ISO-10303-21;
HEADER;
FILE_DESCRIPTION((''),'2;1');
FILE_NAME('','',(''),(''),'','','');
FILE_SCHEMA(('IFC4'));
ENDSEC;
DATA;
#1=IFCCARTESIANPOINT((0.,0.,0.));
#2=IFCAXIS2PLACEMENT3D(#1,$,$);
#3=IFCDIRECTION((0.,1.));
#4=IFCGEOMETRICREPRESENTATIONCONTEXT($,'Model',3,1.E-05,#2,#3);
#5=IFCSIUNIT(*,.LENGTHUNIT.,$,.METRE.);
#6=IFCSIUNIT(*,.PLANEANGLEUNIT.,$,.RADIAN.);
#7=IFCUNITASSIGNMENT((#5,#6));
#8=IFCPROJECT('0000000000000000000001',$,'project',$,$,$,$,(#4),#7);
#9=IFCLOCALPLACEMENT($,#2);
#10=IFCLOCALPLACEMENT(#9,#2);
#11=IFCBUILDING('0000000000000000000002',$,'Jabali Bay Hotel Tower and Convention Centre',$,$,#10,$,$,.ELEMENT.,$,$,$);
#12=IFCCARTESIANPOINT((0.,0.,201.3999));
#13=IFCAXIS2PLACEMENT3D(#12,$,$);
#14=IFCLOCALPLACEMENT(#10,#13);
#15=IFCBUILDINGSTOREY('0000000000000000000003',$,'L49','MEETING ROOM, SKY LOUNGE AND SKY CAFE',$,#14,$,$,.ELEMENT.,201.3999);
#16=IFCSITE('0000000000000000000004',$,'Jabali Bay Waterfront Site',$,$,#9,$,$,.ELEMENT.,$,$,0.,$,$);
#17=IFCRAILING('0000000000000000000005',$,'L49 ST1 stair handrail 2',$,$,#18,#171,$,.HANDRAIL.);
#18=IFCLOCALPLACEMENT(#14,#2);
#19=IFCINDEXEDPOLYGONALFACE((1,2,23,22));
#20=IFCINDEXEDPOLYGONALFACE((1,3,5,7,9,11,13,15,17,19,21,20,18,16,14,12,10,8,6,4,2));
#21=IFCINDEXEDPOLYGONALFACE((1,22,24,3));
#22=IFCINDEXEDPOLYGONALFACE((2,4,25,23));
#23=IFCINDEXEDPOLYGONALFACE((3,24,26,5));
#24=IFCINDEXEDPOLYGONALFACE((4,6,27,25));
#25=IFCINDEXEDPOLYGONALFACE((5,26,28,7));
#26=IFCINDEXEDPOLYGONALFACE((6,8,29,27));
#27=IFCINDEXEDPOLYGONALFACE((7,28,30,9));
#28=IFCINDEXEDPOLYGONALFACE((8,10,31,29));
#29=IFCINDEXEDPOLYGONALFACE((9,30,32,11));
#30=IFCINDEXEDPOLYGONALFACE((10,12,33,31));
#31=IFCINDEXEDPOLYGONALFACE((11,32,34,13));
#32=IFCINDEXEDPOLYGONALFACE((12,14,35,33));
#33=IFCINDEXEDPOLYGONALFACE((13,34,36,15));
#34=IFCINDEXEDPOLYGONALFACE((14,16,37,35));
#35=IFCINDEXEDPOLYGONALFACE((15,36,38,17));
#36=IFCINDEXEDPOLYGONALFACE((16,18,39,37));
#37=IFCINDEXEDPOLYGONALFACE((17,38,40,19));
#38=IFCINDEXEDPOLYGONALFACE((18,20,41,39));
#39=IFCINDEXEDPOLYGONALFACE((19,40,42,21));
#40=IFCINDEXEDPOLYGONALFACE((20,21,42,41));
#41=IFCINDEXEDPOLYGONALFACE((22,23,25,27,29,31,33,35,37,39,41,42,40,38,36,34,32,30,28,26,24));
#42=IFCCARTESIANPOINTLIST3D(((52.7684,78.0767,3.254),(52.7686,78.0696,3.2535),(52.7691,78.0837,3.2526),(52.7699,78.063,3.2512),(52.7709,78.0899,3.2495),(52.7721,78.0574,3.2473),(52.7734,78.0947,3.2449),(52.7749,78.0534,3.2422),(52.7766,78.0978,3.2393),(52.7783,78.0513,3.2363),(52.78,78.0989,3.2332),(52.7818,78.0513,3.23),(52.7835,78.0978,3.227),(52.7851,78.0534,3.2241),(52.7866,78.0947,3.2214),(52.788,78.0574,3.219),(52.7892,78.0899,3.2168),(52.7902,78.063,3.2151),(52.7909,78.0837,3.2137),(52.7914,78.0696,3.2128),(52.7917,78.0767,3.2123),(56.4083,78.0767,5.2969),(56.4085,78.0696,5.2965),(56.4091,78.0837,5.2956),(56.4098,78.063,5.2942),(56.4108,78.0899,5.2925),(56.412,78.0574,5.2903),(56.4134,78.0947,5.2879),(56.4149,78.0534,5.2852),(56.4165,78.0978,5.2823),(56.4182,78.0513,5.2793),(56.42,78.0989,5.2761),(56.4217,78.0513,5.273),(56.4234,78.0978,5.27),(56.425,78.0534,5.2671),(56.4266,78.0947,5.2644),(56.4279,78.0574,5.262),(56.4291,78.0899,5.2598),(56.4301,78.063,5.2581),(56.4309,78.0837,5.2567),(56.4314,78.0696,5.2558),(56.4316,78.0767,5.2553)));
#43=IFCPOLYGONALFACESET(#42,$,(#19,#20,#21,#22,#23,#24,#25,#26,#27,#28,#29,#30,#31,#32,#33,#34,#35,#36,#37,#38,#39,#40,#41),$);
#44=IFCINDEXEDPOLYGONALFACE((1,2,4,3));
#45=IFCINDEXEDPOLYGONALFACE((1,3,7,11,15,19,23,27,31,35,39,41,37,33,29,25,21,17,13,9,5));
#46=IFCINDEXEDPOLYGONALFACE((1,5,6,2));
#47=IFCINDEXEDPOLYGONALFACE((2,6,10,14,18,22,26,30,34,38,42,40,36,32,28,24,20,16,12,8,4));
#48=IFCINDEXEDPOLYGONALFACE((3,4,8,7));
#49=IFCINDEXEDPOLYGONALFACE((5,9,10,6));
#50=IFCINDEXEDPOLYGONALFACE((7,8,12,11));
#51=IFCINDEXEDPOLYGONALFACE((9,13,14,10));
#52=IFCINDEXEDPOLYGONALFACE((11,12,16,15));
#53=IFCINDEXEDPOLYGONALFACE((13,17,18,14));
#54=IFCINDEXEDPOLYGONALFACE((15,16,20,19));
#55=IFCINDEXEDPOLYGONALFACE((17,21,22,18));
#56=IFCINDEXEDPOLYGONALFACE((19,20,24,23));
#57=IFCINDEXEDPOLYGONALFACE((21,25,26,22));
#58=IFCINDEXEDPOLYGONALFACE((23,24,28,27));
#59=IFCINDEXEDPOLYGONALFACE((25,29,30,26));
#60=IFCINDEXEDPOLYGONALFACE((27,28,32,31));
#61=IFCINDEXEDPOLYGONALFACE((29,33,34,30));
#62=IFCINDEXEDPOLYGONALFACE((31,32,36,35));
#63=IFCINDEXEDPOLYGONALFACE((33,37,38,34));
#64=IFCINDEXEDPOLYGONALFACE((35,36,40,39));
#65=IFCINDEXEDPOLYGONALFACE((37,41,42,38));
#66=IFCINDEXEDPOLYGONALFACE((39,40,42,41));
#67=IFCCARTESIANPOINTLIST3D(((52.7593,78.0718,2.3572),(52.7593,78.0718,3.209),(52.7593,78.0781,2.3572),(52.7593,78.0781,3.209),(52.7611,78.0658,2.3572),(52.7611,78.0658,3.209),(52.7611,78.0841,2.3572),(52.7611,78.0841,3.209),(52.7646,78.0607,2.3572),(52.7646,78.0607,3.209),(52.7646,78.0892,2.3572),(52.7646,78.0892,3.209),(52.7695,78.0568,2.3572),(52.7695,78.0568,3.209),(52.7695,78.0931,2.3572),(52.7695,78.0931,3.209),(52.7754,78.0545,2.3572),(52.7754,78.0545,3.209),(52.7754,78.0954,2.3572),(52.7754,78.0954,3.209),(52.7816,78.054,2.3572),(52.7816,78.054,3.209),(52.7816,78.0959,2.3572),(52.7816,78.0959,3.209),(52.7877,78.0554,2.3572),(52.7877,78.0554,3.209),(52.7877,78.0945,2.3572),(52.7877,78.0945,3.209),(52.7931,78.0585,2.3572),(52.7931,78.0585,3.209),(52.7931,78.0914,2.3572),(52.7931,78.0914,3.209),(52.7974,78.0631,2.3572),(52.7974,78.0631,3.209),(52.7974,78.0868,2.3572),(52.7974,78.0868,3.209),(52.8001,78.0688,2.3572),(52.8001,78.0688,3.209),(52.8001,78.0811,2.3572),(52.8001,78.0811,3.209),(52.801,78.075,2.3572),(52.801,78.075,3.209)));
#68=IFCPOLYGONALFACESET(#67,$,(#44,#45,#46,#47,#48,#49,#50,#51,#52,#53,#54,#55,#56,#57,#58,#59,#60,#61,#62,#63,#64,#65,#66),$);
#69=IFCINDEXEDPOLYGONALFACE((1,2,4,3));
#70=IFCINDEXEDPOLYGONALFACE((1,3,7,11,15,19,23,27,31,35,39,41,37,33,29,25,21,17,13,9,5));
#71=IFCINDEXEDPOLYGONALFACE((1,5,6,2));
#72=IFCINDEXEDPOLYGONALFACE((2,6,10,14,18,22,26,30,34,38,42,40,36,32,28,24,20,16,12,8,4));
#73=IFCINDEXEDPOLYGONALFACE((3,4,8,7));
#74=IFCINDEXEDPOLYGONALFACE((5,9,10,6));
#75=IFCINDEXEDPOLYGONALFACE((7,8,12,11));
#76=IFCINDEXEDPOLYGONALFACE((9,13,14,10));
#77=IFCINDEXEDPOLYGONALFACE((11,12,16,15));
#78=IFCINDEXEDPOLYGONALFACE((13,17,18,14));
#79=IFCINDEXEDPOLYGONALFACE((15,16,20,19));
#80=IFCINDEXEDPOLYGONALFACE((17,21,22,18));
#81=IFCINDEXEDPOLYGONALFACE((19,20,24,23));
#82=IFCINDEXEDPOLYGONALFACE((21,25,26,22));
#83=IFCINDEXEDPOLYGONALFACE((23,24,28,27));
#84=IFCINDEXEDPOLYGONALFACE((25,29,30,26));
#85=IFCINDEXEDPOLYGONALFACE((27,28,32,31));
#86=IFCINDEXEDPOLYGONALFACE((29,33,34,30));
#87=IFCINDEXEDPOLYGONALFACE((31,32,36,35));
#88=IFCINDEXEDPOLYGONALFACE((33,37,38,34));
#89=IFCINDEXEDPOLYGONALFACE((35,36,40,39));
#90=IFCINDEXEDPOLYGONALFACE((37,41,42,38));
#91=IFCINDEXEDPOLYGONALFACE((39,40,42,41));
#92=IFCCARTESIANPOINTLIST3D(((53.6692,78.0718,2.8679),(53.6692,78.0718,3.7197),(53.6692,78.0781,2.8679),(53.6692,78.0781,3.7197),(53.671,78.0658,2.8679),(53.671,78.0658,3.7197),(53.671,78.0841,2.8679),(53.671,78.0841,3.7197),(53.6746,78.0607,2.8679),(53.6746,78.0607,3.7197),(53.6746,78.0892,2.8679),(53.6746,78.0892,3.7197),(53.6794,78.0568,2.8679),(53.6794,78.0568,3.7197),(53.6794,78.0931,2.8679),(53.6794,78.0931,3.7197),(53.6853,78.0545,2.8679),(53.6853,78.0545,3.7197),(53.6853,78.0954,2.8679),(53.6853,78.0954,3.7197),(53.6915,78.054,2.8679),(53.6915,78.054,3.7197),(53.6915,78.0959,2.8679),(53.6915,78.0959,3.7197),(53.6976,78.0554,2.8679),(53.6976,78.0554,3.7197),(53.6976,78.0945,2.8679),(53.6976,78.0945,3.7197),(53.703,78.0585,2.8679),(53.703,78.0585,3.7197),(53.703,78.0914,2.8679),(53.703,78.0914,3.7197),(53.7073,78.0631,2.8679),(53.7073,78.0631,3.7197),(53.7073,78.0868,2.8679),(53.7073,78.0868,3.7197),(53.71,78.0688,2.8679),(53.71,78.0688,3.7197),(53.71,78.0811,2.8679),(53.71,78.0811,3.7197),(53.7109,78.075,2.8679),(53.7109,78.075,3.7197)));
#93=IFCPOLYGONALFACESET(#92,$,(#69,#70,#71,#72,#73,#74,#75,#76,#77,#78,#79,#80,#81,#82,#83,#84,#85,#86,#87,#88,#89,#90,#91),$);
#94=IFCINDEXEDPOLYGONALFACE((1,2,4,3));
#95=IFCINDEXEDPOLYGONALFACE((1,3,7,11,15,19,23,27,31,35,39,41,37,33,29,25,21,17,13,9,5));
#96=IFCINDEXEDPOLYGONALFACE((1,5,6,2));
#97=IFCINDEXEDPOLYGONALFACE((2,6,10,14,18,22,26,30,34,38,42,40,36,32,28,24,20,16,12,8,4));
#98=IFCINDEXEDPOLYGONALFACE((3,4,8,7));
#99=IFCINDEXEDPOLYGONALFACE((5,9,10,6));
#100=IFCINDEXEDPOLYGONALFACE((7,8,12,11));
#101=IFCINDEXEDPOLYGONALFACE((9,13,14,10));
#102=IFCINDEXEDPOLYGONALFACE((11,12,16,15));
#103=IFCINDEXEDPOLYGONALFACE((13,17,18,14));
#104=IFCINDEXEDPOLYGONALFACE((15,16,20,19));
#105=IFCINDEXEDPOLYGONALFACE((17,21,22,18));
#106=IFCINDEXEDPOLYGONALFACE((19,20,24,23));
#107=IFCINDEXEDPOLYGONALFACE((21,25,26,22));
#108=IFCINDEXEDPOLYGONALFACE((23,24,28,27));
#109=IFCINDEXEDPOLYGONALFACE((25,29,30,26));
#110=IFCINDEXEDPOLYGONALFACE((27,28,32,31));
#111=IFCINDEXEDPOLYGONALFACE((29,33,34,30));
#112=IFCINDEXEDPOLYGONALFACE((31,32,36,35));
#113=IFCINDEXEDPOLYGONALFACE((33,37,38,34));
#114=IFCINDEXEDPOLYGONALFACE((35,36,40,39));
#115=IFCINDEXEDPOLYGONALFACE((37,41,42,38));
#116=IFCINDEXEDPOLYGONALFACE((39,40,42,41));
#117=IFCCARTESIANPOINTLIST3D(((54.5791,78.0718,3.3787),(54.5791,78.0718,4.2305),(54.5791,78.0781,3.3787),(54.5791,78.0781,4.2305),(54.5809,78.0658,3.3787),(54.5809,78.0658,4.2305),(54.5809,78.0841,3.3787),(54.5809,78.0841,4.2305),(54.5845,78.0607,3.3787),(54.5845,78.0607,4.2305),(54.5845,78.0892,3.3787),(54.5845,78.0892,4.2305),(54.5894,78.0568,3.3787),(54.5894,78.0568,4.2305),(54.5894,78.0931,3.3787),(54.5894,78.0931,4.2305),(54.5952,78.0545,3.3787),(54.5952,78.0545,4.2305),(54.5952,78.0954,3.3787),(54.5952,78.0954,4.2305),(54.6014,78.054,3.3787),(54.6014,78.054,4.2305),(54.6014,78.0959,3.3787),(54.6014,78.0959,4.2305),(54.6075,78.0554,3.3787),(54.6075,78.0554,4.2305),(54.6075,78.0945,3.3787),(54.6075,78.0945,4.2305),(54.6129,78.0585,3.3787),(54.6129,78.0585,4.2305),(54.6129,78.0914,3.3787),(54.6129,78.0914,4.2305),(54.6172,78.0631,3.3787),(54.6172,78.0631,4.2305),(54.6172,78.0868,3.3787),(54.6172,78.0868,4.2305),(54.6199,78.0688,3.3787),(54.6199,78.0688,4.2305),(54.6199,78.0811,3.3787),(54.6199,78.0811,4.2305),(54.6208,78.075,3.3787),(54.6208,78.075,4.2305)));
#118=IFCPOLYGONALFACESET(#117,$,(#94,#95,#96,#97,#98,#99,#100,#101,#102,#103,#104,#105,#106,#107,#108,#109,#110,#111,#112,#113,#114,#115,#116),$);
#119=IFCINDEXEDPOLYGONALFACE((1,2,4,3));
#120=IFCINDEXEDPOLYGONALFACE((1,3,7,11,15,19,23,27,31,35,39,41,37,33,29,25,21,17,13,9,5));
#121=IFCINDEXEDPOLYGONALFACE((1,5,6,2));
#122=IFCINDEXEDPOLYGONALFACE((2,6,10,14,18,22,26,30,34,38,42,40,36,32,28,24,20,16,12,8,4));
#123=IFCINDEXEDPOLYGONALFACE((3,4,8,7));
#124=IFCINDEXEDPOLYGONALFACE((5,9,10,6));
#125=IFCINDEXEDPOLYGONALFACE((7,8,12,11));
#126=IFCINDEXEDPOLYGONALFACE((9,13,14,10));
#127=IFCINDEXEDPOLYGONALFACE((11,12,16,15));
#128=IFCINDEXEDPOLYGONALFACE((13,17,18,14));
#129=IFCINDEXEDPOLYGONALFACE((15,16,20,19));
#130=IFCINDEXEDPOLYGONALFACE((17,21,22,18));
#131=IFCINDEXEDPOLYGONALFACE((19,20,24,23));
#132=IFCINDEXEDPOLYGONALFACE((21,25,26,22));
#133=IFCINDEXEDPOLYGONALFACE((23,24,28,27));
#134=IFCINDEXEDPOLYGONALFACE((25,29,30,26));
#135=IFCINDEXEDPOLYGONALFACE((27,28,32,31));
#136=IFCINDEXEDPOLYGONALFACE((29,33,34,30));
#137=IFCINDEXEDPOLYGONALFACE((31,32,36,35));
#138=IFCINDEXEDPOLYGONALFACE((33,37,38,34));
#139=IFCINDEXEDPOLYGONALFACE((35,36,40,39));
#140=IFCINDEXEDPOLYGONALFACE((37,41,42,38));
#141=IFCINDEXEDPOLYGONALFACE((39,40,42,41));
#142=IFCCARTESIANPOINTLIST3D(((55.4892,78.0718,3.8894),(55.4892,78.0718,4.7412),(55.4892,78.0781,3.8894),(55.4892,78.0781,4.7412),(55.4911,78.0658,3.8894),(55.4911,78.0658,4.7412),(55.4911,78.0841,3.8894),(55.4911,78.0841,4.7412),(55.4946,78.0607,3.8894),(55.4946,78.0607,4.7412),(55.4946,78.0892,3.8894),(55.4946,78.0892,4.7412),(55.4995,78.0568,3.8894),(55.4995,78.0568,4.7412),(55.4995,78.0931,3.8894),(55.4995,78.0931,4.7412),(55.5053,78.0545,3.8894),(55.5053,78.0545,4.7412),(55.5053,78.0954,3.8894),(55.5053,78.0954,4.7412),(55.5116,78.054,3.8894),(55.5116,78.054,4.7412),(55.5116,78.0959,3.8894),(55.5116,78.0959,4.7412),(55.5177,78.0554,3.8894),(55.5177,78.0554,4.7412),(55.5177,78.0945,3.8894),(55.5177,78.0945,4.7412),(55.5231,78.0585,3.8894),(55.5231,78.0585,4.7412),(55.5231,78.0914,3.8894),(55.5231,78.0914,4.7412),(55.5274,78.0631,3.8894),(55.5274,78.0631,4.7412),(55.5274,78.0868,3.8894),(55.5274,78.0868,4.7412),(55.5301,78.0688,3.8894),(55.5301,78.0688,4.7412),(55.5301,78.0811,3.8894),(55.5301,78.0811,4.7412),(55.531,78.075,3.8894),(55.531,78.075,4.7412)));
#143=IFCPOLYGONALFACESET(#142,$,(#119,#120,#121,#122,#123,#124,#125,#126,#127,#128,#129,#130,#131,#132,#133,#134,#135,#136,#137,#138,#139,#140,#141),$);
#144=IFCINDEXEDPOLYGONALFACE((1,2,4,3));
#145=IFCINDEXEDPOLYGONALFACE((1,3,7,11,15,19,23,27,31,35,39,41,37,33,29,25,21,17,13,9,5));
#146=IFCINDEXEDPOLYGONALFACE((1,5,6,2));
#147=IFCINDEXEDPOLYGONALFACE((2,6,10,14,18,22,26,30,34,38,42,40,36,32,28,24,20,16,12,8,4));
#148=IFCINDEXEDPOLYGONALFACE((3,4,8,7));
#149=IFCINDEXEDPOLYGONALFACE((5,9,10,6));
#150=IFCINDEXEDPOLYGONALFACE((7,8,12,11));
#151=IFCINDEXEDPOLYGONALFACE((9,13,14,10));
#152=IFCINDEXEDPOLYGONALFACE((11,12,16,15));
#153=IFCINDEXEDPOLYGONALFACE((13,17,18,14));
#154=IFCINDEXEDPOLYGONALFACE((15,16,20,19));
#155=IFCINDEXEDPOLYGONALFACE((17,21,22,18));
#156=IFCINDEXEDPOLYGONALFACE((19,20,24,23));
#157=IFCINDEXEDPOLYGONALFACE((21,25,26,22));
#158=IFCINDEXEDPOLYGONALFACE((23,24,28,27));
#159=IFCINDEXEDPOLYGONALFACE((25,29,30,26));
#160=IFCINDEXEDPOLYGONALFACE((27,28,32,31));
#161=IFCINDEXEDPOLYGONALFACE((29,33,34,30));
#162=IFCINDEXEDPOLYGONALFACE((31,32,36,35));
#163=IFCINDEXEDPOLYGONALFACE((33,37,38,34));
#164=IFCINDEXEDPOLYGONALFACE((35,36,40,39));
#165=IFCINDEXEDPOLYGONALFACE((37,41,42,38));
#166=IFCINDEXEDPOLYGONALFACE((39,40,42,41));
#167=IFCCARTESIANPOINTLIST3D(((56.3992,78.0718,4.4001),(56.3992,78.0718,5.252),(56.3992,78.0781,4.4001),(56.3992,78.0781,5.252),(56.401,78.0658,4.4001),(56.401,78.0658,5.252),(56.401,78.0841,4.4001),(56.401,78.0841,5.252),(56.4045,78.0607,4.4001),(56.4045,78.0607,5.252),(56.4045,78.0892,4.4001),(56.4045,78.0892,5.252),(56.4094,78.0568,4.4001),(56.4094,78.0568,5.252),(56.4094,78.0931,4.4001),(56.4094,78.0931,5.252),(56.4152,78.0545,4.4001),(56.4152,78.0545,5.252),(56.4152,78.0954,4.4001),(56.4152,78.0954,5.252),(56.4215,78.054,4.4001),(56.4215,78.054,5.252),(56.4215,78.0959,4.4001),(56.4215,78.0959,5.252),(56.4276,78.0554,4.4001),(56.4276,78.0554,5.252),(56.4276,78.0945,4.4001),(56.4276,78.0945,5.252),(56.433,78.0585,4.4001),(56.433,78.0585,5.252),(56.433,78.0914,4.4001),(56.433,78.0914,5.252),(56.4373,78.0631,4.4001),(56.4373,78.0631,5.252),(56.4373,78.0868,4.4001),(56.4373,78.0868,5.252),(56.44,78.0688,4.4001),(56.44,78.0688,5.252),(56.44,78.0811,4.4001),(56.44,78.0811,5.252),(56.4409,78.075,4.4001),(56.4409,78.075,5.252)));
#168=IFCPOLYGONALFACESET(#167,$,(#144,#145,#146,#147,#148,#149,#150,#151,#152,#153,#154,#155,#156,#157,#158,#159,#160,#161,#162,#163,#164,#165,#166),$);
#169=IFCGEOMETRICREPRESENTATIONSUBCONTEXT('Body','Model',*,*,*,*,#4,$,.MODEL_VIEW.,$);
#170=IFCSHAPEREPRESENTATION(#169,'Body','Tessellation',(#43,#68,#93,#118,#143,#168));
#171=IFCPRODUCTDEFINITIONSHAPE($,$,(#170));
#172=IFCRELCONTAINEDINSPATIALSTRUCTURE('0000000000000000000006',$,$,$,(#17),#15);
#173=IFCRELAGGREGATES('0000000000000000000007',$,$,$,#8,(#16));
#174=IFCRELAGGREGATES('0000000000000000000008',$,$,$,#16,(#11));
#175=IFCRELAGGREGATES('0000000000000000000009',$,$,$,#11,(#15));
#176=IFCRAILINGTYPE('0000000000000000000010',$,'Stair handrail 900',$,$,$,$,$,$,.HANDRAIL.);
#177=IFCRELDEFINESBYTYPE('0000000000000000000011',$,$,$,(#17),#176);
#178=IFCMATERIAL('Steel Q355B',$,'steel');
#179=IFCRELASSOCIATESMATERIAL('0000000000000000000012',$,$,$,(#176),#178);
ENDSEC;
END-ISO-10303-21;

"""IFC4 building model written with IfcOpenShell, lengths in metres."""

from ifc_helpers import new_model, si_unit, direction, frame, origin, origin_2d, place, context, subcontext, project, spatial, circle, extrude, material, type_object, element, save


model = new_model("IFC4")

# Units and contexts
model_context = context("Model", 3, precision=1e-05, world=origin(), true_north=direction((0.0, 1.0)))
body_context = subcontext(model_context, "Body", "Model", "MODEL_VIEW")
ifc_project = project(units=[si_unit("LENGTHUNIT", "METRE"), si_unit("PLANEANGLEUNIT", "RADIAN")], contexts=[model_context])

# Site, building, storey
site_placement = place(None, origin())
site = spatial("IfcSite", under=ifc_project, at=site_placement, Name="Jabali Bay Waterfront Site", CompositionType="ELEMENT", RefElevation=0.0)
building_placement = place(site_placement, origin())
building = spatial("IfcBuilding", under=site, at=building_placement, Name="Jabali Bay Hotel Tower and Convention Centre", CompositionType="ELEMENT")
storey_placement = place(building_placement, frame((0.0, 0.0, 201.3999)))
storey = spatial("IfcBuildingStorey", under=building, at=storey_placement, Name="L49", Description="MEETING ROOM, SKY LOUNGE AND SKY CAFE", CompositionType="ELEMENT", Elevation=201.3999)

# Railing
ifc_material_1 = material(Name="Steel Q355B", Category="steel")
railing_type = type_object("IfcRailingType", Name="Stair handrail 900", PredefinedType="HANDRAIL", material=ifc_material_1)
railing_placement = place(storey_placement, frame((52.78, 78.075, 2.3572)))
element("IfcRailing", 1, at=railing_placement, inside=storey, type_object=railing_type, Name="L49 ST1 stair handrail 2", PredefinedType="HANDRAIL", context=body_context, shape_type="SweptSolid", body=[
    extrude(circle(Radius=0.0239, at=origin_2d()), frame((0.0, 0.0, 0.876), z_axis=(0.872033, 0.0, 0.489447), x_axis=(0.0, 1.0, 0.0)), (0.0, 0.0, 1.0), 4.1741),
    extrude(circle(Radius=0.021, at=origin_2d()), origin(), (0.0, 0.0, 1.0), 0.8518),
    extrude(circle(Radius=0.021, at=origin_2d()), frame((0.9099, 0.0, 0.5107)), (0.0, 0.0, 1.0), 0.8518),
    extrude(circle(Radius=0.021, at=origin_2d()), frame((1.8198, 0.0, 1.0215)), (0.0, 0.0, 1.0), 0.8518),
    extrude(circle(Radius=0.021, at=origin_2d()), frame((2.73, 0.0, 1.5322)), (0.0, 0.0, 1.0), 0.8518),
    extrude(circle(Radius=0.021, at=origin_2d()), frame((3.6399, 0.0, 2.043)), (0.0, 0.0, 1.0), 0.8518),
])

save(model, "model.ifc")
